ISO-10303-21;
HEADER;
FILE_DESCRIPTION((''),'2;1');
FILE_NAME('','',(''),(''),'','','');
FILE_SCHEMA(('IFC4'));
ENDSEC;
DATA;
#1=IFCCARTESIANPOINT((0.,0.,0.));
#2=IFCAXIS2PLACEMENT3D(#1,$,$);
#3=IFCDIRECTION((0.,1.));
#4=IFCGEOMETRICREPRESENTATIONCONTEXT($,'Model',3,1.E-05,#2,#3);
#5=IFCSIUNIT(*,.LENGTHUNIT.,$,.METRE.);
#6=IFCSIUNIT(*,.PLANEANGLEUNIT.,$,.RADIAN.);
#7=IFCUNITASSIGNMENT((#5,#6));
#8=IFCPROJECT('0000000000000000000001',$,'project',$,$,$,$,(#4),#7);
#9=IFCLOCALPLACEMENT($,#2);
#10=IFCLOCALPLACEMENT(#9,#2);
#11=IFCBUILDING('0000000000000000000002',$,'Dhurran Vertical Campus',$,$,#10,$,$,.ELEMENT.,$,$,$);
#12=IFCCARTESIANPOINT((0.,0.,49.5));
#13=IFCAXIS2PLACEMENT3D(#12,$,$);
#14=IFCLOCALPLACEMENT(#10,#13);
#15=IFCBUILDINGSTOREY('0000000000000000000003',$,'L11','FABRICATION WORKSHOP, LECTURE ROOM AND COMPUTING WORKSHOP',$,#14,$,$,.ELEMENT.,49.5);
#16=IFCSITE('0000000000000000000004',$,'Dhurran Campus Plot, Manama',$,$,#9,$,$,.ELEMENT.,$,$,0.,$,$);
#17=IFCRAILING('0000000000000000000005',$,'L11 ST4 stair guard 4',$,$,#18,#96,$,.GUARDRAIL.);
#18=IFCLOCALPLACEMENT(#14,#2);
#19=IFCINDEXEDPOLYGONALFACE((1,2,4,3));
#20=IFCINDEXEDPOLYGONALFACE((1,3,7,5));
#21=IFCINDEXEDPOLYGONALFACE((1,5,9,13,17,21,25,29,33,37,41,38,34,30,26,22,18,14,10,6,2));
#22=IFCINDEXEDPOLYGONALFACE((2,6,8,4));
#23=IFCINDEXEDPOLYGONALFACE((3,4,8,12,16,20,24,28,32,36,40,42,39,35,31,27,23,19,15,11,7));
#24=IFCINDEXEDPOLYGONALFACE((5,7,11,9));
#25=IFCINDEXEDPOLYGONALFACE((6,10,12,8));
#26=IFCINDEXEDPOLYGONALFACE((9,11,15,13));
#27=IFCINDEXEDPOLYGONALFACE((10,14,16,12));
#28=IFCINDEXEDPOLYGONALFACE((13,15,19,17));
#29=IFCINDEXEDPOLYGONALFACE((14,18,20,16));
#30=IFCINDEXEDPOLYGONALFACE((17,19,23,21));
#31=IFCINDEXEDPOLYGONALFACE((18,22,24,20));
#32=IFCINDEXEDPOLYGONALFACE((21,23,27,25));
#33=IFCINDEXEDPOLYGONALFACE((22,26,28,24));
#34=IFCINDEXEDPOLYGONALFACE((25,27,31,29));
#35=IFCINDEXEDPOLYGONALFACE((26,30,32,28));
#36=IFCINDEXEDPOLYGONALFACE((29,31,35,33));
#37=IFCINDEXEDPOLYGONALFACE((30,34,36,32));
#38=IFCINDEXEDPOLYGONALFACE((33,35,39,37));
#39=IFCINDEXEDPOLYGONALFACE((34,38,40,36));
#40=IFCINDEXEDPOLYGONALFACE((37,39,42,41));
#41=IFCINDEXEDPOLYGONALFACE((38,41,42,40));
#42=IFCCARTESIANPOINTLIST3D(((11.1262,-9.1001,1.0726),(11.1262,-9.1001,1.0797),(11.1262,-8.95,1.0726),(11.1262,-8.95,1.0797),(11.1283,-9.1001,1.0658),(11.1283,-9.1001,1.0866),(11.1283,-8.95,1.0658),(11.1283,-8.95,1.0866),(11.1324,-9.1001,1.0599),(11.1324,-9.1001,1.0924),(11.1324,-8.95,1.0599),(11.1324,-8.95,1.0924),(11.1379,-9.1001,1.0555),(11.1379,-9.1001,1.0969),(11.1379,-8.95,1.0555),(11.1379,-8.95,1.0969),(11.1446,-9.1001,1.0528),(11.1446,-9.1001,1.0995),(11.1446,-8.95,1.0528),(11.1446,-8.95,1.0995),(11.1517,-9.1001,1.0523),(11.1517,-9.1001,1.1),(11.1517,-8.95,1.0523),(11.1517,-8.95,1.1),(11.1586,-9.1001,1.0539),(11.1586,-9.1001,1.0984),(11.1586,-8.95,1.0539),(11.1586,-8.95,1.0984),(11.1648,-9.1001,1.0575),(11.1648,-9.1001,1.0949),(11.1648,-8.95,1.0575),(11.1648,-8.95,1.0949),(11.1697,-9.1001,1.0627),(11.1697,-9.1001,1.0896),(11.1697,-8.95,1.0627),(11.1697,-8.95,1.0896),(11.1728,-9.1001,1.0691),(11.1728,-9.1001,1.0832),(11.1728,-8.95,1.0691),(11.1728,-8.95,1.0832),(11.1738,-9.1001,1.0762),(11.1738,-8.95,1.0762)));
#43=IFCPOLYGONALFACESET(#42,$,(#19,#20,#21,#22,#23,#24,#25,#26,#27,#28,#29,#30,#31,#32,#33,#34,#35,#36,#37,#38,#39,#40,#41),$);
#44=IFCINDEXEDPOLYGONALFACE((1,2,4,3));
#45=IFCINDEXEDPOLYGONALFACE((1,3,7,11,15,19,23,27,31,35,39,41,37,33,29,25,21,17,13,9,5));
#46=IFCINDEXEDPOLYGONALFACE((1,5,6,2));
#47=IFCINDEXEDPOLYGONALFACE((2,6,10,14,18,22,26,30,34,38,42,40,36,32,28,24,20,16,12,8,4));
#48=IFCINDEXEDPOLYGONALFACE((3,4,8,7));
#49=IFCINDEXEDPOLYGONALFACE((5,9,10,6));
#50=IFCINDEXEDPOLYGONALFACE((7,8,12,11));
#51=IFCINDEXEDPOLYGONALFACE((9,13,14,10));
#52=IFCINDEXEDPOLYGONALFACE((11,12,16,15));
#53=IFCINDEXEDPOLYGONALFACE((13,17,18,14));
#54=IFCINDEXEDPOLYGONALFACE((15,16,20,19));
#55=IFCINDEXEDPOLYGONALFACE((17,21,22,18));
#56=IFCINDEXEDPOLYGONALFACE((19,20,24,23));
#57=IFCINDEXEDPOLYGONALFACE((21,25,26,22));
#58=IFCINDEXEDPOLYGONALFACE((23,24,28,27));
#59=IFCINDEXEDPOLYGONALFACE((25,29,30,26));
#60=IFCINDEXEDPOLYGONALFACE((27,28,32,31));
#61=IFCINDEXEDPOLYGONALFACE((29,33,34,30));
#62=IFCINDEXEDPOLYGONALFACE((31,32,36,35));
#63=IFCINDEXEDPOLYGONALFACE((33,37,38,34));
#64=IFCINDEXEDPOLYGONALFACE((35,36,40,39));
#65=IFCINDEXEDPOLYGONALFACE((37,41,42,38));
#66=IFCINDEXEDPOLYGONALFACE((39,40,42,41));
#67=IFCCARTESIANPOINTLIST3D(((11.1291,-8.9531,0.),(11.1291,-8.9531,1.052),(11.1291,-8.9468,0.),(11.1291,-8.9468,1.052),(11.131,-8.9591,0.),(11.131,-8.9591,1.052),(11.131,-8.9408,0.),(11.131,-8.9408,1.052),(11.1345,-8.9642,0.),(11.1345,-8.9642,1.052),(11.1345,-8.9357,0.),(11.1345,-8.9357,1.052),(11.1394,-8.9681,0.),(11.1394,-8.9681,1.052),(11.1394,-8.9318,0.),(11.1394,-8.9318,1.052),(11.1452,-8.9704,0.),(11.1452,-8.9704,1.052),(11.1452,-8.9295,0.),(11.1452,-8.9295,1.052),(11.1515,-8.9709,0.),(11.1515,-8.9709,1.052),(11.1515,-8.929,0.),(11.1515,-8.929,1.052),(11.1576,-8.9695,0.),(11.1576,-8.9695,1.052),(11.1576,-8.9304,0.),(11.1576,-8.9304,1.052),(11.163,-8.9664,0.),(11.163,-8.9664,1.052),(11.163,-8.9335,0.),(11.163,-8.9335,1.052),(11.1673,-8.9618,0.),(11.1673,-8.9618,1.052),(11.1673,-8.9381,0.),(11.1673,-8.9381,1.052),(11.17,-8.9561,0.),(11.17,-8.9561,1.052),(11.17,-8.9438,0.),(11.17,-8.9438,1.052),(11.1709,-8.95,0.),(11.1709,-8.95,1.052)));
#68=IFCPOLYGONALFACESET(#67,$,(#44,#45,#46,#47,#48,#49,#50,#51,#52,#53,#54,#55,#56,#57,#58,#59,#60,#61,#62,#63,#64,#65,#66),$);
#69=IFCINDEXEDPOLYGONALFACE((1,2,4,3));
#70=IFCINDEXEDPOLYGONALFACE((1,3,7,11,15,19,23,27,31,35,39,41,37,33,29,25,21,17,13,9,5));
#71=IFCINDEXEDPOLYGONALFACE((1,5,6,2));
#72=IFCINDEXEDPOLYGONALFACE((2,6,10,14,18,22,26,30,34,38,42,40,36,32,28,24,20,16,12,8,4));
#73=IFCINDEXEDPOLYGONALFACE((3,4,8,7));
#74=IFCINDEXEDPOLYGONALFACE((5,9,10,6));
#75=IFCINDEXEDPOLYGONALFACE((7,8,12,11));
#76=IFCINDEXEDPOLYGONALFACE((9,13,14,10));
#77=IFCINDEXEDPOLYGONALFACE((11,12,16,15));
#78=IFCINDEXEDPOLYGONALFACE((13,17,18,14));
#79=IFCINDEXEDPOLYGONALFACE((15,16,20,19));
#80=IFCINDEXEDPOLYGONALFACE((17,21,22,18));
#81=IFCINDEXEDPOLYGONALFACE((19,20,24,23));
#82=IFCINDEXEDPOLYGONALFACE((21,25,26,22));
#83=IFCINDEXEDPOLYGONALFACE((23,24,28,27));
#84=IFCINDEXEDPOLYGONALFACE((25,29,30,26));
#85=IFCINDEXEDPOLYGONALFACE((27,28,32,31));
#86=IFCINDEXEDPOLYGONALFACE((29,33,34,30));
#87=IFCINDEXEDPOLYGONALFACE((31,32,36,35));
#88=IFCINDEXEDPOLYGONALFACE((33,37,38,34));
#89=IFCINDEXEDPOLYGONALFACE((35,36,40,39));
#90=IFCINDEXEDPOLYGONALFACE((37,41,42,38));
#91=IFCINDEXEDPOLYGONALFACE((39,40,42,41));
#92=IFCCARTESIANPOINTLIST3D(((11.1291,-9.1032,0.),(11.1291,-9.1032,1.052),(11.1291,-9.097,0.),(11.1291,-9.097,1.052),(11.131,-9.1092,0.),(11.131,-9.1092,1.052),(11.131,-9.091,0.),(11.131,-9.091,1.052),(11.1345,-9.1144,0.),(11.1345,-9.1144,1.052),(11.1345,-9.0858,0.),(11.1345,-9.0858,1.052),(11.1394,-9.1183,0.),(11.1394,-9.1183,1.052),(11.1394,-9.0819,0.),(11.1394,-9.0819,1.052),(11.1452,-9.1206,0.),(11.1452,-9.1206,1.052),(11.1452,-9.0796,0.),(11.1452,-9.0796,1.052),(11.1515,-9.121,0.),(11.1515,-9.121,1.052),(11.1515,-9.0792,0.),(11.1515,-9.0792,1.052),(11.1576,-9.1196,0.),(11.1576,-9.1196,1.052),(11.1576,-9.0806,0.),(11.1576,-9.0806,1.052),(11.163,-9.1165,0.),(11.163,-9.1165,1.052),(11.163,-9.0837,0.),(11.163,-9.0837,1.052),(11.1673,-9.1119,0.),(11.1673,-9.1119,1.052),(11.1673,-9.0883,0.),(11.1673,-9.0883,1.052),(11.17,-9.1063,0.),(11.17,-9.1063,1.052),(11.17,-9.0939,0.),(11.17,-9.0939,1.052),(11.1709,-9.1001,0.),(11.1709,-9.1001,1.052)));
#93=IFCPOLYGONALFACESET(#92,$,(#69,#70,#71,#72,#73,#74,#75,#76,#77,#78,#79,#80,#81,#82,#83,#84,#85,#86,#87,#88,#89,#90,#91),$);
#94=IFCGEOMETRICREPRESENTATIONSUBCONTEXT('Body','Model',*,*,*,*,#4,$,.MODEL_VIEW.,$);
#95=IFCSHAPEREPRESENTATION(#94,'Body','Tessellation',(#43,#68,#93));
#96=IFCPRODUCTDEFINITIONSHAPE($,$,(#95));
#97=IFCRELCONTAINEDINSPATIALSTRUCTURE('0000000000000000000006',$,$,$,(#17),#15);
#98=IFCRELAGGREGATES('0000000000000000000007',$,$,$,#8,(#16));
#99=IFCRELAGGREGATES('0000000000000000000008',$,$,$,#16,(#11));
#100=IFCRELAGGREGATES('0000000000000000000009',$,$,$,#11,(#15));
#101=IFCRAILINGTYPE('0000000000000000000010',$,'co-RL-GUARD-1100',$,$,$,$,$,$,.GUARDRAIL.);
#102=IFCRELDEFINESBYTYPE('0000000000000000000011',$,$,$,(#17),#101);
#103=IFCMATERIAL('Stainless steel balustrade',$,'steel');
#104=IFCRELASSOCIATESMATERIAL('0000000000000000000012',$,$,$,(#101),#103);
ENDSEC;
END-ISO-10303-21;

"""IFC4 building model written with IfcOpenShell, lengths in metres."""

from ifc_helpers import new_model, si_unit, direction, frame, origin, origin_2d, place, context, subcontext, project, spatial, circle, extrude, material, type_object, element, save


model = new_model("IFC4")

# Units and contexts
model_context = context("Model", 3, precision=1e-05, world=origin(), true_north=direction((0.0, 1.0)))
body_context = subcontext(model_context, "Body", "Model", "MODEL_VIEW")
ifc_project = project(units=[si_unit("LENGTHUNIT", "METRE"), si_unit("PLANEANGLEUNIT", "RADIAN")], contexts=[model_context])

# Site, building, storey
site_placement = place(None, origin())
site = spatial("IfcSite", under=ifc_project, at=site_placement, Name="Dhurran Campus Plot, Manama", CompositionType="ELEMENT", RefElevation=0.0)
building_placement = place(site_placement, origin())
building = spatial("IfcBuilding", under=site, at=building_placement, Name="Dhurran Vertical Campus", CompositionType="ELEMENT")
storey_placement = place(building_placement, frame((0.0, 0.0, 49.5)))
storey = spatial("IfcBuildingStorey", under=building, at=storey_placement, Name="L11", Description="FABRICATION WORKSHOP, LECTURE ROOM AND COMPUTING WORKSHOP", CompositionType="ELEMENT", Elevation=49.5)

# Railing
ifc_material_1 = material(Name="Stainless steel balustrade", Category="steel")
railing_type_1 = type_object("IfcRailingType", Name="co-RL-GUARD-1100", PredefinedType="GUARDRAIL", material=ifc_material_1)
railing_1_placement = place(storey_placement, frame((11.1499, -8.95, 0.0)))
element("IfcRailing", 1, at=railing_1_placement, inside=storey, type_object=railing_type_1, Name="L11 ST4 stair guard 4", PredefinedType="GUARDRAIL", context=body_context, shape_type="SweptSolid", body=[
    extrude(circle(Radius=0.0239, at=origin_2d()), frame((0.0, 0.0, 1.0762), z_axis=(0.0, -1.0, 0.0), x_axis=(1.0, 0.0, 0.0)), (0.0, 0.0, 1.0), 0.1501),
    extrude(circle(Radius=0.021, at=origin_2d()), origin(), (0.0, 0.0, 1.0), 1.052),
    extrude(circle(Radius=0.021, at=origin_2d()), frame((0.0, -0.1501, 0.0)), (0.0, 0.0, 1.0), 1.052),
])

save(model, "model.ifc")
